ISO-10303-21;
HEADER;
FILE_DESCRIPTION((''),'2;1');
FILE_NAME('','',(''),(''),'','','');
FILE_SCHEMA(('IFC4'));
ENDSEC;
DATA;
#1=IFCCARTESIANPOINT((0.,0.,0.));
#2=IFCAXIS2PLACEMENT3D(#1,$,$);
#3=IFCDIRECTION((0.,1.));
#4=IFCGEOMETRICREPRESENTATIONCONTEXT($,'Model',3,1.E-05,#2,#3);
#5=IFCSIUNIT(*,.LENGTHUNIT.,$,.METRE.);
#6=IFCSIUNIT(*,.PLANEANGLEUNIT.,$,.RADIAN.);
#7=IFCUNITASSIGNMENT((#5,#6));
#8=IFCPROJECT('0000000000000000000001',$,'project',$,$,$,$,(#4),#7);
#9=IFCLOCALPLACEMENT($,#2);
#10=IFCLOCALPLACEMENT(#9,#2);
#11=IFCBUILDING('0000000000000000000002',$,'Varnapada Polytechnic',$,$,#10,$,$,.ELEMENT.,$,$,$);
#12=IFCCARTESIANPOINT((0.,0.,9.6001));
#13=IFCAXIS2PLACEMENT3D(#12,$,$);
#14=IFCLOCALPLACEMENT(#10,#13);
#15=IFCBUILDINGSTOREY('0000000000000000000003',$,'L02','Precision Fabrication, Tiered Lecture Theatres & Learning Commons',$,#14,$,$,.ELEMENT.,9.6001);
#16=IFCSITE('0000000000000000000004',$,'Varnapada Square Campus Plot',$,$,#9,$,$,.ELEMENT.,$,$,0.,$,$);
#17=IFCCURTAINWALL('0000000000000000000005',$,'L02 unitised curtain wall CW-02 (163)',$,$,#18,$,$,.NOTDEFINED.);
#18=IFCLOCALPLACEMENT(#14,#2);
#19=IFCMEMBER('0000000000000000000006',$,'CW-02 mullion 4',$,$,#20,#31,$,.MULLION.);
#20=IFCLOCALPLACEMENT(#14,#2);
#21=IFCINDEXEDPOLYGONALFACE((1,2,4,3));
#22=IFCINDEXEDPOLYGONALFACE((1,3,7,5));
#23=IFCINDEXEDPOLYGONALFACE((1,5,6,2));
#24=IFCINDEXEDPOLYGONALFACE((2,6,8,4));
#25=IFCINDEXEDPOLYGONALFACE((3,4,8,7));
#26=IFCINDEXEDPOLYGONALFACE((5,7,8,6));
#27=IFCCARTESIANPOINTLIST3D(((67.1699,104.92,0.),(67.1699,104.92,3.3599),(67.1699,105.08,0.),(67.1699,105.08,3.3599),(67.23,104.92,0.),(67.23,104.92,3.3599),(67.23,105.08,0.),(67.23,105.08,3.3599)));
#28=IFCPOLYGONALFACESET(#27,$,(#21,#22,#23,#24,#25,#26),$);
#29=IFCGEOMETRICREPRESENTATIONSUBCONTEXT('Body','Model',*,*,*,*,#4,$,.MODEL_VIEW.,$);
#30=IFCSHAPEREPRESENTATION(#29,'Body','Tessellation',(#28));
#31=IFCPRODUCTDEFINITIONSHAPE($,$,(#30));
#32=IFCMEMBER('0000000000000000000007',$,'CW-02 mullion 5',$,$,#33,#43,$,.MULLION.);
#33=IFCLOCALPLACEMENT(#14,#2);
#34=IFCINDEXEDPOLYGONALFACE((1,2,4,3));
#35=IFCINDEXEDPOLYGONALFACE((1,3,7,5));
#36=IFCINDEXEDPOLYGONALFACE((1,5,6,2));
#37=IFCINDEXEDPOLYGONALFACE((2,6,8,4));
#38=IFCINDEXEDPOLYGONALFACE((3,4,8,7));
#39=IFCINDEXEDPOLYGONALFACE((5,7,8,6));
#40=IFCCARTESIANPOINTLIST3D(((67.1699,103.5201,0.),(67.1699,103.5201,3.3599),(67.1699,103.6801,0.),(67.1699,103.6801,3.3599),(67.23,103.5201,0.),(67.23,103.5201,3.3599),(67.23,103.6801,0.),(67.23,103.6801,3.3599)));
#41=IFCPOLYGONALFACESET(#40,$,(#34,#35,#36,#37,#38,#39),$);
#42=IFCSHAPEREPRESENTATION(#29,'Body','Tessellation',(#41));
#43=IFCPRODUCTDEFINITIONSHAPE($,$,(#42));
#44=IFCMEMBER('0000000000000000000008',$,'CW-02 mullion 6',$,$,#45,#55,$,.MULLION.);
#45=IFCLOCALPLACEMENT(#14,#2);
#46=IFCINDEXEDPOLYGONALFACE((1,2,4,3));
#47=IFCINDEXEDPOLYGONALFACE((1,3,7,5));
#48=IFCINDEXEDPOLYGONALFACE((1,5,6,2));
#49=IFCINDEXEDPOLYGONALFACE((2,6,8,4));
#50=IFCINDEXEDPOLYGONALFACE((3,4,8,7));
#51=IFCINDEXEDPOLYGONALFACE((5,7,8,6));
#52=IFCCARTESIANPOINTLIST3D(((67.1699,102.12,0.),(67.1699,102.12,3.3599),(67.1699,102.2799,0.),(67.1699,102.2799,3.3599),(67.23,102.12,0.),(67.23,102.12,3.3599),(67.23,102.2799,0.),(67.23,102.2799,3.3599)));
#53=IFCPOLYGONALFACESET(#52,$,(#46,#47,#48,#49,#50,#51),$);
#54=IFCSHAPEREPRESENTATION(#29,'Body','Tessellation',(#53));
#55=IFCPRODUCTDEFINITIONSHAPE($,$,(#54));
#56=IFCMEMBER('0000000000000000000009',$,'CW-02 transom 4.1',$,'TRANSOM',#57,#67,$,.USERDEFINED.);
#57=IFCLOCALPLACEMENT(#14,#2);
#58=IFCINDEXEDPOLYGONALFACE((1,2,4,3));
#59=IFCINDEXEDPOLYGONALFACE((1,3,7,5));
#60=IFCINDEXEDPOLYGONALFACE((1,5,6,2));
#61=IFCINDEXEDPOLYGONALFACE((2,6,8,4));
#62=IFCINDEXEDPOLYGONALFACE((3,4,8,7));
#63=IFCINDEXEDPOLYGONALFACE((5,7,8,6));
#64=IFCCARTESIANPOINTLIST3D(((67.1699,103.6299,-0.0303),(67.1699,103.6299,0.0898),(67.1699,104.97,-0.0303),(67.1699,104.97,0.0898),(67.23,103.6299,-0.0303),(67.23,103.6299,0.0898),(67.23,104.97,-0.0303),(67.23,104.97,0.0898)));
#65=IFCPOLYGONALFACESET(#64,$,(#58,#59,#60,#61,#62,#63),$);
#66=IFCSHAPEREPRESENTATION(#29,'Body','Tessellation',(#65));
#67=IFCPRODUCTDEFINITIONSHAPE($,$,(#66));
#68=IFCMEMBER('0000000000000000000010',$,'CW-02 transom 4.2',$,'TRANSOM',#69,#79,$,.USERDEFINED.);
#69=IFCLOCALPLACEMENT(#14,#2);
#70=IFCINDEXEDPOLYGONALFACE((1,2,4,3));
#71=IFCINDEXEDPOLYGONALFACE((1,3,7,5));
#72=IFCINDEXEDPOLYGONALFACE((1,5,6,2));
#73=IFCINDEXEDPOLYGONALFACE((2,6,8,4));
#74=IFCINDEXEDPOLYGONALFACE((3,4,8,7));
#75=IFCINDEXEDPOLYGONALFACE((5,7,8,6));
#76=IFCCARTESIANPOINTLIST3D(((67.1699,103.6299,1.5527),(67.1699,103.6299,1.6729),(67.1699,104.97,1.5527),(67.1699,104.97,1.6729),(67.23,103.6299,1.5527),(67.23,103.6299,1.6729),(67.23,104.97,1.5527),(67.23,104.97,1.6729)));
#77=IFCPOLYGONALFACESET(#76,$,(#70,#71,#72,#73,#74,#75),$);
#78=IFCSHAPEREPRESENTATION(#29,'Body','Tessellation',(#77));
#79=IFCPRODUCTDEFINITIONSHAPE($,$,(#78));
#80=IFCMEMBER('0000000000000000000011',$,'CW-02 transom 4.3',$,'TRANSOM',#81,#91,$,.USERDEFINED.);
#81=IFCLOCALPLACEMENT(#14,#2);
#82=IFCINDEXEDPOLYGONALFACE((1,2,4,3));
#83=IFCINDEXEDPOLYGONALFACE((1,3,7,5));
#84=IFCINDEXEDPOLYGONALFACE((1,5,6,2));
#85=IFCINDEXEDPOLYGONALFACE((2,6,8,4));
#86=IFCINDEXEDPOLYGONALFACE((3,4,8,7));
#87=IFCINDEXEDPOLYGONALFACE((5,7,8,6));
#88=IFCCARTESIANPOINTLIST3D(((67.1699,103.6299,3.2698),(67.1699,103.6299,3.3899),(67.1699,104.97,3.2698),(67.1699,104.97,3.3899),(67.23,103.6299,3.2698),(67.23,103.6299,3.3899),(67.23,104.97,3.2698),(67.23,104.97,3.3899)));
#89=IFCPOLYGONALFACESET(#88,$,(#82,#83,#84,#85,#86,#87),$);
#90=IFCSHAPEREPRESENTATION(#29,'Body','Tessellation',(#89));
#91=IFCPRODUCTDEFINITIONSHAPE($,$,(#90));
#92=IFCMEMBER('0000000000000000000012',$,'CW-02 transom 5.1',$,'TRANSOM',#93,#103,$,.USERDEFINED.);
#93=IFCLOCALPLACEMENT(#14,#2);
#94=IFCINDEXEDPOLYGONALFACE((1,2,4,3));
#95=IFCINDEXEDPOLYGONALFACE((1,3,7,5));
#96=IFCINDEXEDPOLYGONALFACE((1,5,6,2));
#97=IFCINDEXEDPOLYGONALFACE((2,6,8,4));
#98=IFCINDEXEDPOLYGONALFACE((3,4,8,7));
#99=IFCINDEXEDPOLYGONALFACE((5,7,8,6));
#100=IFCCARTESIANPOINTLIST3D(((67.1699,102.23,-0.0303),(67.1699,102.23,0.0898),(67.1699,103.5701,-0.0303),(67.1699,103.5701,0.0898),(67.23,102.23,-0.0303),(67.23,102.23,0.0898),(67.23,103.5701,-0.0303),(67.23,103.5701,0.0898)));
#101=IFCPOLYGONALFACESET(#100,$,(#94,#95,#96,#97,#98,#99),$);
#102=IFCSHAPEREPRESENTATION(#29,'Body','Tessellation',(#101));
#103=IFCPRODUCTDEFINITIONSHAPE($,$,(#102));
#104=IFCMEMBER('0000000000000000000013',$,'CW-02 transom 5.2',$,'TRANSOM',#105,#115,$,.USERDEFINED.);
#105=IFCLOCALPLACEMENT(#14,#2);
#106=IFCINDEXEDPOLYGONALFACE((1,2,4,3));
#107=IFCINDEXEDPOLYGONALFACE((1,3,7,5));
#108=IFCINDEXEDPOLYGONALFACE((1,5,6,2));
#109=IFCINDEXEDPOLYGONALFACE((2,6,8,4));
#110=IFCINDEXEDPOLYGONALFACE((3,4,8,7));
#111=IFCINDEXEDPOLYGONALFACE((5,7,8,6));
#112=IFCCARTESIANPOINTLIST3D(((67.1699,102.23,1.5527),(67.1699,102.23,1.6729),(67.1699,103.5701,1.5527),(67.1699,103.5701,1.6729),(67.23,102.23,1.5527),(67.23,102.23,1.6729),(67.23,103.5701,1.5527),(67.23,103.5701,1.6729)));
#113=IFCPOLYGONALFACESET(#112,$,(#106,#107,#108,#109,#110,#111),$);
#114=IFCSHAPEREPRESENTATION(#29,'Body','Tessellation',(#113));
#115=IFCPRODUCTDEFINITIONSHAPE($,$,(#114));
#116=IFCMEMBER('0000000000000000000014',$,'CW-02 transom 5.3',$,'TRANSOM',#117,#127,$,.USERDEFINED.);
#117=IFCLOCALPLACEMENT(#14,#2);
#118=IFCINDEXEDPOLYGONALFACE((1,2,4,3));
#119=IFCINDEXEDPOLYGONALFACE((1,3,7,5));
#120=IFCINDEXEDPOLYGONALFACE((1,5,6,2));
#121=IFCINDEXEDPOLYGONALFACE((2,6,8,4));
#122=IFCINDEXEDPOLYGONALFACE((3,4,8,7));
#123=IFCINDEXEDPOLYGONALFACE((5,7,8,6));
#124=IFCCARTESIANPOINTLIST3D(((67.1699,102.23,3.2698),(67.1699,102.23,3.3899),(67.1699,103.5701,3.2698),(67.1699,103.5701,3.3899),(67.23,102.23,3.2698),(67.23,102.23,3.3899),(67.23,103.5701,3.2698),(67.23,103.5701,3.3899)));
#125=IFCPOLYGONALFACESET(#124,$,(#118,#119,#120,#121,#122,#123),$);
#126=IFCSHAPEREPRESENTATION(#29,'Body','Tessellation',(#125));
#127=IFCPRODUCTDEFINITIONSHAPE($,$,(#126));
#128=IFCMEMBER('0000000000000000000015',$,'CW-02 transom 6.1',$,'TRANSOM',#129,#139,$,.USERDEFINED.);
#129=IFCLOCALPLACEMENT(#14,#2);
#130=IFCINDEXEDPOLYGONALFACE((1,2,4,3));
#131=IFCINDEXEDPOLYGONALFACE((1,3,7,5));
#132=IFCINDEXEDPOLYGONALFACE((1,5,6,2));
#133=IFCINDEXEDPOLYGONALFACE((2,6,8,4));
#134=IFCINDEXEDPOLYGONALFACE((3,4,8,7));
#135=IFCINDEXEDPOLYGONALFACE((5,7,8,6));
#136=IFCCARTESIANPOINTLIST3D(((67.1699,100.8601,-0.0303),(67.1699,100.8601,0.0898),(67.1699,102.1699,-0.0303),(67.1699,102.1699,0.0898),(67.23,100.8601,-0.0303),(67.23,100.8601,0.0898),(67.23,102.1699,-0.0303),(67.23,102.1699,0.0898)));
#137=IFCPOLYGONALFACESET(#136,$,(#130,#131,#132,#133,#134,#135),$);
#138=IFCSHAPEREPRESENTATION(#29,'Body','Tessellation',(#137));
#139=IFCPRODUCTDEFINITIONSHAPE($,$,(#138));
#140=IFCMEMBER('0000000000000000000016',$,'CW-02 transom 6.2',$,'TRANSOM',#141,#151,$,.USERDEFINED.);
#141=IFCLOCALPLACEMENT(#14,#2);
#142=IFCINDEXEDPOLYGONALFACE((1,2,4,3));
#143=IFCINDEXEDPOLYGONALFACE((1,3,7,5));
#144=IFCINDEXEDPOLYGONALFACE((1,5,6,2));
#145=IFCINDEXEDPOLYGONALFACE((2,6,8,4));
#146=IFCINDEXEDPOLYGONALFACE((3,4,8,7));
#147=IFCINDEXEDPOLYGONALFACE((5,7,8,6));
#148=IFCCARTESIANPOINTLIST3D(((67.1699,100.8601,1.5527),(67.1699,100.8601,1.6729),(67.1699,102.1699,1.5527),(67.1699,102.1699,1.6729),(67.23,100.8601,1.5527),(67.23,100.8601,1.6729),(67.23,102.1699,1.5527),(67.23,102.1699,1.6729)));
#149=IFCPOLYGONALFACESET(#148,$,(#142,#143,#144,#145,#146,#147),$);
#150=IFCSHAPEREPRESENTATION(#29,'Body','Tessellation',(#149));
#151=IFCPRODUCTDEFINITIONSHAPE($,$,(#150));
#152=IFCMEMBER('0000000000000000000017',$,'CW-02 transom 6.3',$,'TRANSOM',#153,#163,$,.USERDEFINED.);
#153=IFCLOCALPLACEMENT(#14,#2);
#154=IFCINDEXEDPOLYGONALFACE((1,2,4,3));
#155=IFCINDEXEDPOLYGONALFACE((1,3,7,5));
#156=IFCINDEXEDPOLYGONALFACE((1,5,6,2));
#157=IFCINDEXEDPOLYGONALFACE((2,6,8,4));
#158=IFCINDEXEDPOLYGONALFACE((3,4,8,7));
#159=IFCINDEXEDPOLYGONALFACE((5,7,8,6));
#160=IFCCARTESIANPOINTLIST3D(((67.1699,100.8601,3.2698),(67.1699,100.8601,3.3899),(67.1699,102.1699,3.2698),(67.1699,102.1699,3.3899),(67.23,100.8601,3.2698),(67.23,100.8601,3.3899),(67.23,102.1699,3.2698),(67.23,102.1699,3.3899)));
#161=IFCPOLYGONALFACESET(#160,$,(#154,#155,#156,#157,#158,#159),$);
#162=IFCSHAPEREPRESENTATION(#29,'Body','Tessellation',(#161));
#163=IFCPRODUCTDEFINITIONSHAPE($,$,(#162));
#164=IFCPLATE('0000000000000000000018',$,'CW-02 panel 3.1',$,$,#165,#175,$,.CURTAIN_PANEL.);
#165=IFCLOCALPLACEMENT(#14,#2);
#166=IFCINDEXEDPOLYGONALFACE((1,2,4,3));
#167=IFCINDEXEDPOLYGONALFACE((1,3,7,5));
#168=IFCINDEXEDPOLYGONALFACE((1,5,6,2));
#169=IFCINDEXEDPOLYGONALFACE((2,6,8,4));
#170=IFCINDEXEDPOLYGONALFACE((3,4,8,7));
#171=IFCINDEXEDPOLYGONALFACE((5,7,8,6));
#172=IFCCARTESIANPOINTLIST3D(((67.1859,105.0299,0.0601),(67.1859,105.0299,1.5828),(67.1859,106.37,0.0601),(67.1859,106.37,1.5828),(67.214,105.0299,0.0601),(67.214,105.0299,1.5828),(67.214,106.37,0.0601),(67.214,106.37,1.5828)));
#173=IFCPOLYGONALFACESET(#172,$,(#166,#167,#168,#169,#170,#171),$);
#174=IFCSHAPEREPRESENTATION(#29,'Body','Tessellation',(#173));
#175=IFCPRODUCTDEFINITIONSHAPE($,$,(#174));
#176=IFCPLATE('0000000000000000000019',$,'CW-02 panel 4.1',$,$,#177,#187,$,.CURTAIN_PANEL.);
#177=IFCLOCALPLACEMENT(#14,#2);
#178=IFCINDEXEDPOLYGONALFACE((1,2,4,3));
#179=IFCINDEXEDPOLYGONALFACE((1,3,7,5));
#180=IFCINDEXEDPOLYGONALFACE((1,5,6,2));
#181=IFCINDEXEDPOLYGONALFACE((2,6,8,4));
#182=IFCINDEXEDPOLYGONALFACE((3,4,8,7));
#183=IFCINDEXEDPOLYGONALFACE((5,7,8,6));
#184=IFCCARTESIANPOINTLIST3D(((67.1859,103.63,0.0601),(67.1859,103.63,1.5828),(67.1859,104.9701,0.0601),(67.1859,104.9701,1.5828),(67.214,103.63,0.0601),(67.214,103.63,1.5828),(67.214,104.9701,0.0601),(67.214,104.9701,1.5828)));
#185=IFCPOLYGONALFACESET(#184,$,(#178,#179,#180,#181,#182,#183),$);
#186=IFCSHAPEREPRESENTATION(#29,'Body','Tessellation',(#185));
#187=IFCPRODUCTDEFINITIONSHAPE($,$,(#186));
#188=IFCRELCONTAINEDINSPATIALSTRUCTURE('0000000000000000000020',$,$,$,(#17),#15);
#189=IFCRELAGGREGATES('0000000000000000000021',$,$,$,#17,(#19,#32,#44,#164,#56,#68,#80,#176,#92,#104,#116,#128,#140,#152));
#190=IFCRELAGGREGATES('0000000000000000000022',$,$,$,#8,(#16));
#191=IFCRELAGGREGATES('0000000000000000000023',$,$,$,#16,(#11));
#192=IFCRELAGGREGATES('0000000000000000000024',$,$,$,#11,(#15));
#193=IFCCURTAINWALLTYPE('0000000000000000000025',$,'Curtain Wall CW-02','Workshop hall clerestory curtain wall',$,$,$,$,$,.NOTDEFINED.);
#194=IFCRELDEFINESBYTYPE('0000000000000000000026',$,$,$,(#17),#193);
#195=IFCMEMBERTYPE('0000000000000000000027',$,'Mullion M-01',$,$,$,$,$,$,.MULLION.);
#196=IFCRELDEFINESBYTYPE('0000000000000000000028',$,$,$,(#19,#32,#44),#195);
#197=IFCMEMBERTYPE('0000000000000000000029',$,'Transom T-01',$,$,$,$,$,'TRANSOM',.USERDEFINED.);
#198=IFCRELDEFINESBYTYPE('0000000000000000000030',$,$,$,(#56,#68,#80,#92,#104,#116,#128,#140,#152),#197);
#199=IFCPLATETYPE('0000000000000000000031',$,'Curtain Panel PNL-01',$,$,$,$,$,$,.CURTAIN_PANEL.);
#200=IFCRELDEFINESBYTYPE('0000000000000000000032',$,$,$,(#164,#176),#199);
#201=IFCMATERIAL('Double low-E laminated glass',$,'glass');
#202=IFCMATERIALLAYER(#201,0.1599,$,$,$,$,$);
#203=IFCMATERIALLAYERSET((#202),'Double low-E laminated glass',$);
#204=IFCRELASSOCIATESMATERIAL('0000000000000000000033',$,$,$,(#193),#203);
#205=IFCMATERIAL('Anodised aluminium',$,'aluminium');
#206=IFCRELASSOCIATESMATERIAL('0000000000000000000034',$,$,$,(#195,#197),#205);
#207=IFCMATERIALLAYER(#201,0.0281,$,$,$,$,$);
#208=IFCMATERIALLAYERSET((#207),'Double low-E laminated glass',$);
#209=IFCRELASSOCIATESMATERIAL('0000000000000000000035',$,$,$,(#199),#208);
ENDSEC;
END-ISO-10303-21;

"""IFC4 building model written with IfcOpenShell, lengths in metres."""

from ifc_helpers import new_model, si_unit, direction, frame, origin, origin_2d, place, context, subcontext, project, spatial, rectangle, extrude, material, layer, layer_set, material_profile, profile_set, type_object, element, aggregate, save


model = new_model("IFC4")

# Units and contexts
model_context = context("Model", 3, precision=1e-05, world=origin(), true_north=direction((0.0, 1.0)))
body_context = subcontext(model_context, "Body", "Model", "MODEL_VIEW")
ifc_project = project(units=[si_unit("LENGTHUNIT", "METRE"), si_unit("PLANEANGLEUNIT", "RADIAN")], contexts=[model_context])

# Site, building, storey
site_placement = place(None, origin())
site = spatial("IfcSite", under=ifc_project, at=site_placement, Name="Varnapada Square Campus Plot", CompositionType="ELEMENT", RefElevation=0.0)
building_placement = place(site_placement, origin())
building = spatial("IfcBuilding", under=site, at=building_placement, Name="Varnapada Polytechnic", CompositionType="ELEMENT")
storey_placement = place(building_placement, frame((0.0, 0.0, 9.6001)))
storey = spatial("IfcBuildingStorey", under=building, at=storey_placement, Name="L02", Description="Precision Fabrication, Tiered Lecture Theatres & Learning Commons", CompositionType="ELEMENT", Elevation=9.6001)

# Curtain wall, members, plates
ifc_material_1 = material(Name="Double low-E laminated glass", Category="glass")
ifc_layer_1 = layer(ifc_material_1, 0.1599)
ifc_layer_set_1 = layer_set([ifc_layer_1], Name="Double low-E laminated glass")
curtain_wall_type = type_object("IfcCurtainWallType", Name="Curtain Wall CW-02", Description="Workshop hall clerestory curtain wall", PredefinedType="NOTDEFINED", material=ifc_layer_set_1)
curtain_wall_placement = place(storey_placement, origin())
curtain_wall = element("IfcCurtainWall", 1, at=curtain_wall_placement, inside=storey, type_object=curtain_wall_type, Name="L02 unitised curtain wall CW-02 (163)", PredefinedType="NOTDEFINED")
ifc_material_2 = material(Name="Anodised aluminium", Category="aluminium")
ifc_material_profile_1 = material_profile(ifc_material_2, rectangle(XDim=0.0601, YDim=0.1599, at=origin_2d()), Name="ALU M60x160")
ifc_profile_set_1 = profile_set([ifc_material_profile_1], Name="Anodised aluminium")
member_type_1 = type_object("IfcMemberType", Name="Mullion M-01", PredefinedType="MULLION", material=ifc_profile_set_1)
member_1_placement = place(storey_placement, frame((67.2, 105.0, 0.0), z_axis=(0.0, 0.0, 1.0), x_axis=(1.0, 0.0, 0.0)))
member_1 = element("IfcMember", 2, at=member_1_placement, type_object=member_type_1, Name="CW-02 mullion 4", PredefinedType="MULLION", context=body_context, shape_type="SweptSolid", body=[
    extrude(rectangle(XDim=0.0601, YDim=0.1599, at=origin_2d()), origin(), (0.0, 0.0, 1.0), 3.3599),
])
member_2_placement = place(storey_placement, frame((67.2, 103.6001, 0.0), z_axis=(0.0, 0.0, 1.0), x_axis=(1.0, 0.0, 0.0)))
member_2 = element("IfcMember", 3, at=member_2_placement, type_object=member_type_1, Name="CW-02 mullion 5", PredefinedType="MULLION", context=body_context, shape_type="SweptSolid", body=[
    extrude(rectangle(XDim=0.0601, YDim=0.1599, at=origin_2d()), origin(), (0.0, 0.0, 1.0), 3.3599),
])
member_3_placement = place(storey_placement, frame((67.2, 102.2, 0.0), z_axis=(0.0, 0.0, 1.0), x_axis=(1.0, 0.0, 0.0)))
member_3 = element("IfcMember", 4, at=member_3_placement, type_object=member_type_1, Name="CW-02 mullion 6", PredefinedType="MULLION", context=body_context, shape_type="SweptSolid", body=[
    extrude(rectangle(XDim=0.0601, YDim=0.1599, at=origin_2d()), origin(), (0.0, 0.0, 1.0), 3.3599),
])
ifc_material_profile_2 = material_profile(ifc_material_2, rectangle(XDim=0.0601, YDim=0.1201, at=origin_2d()), Name="ALU T60x120")
ifc_profile_set_2 = profile_set([ifc_material_profile_2], Name="Anodised aluminium")
member_type_2 = type_object("IfcMemberType", Name="Transom T-01", ElementType="TRANSOM", PredefinedType="USERDEFINED", material=ifc_profile_set_2)
member_4_placement = place(storey_placement, frame((67.2, 104.97, 0.0298), z_axis=(0.0, -1.0, 0.0), x_axis=(1.0, 0.0, 0.0)))
member_4 = element("IfcMember", 5, at=member_4_placement, type_object=member_type_2, Name="CW-02 transom 4.1", ObjectType="TRANSOM", PredefinedType="USERDEFINED", context=body_context, shape_type="SweptSolid", body=[
    extrude(rectangle(XDim=0.0601, YDim=0.1201, at=origin_2d()), origin(), (0.0, 0.0, 1.0), 1.3401),
])
member_5_placement = place(storey_placement, frame((67.2, 104.97, 1.6128), z_axis=(0.0, -1.0, 0.0), x_axis=(1.0, 0.0, 0.0)))
member_5 = element("IfcMember", 6, at=member_5_placement, type_object=member_type_2, Name="CW-02 transom 4.2", ObjectType="TRANSOM", PredefinedType="USERDEFINED", context=body_context, shape_type="SweptSolid", body=[
    extrude(rectangle(XDim=0.0601, YDim=0.1201, at=origin_2d()), origin(), (0.0, 0.0, 1.0), 1.3401),
])
member_6_placement = place(storey_placement, frame((67.2, 104.97, 3.3298), z_axis=(0.0, -1.0, 0.0), x_axis=(1.0, 0.0, 0.0)))
member_6 = element("IfcMember", 7, at=member_6_placement, type_object=member_type_2, Name="CW-02 transom 4.3", ObjectType="TRANSOM", PredefinedType="USERDEFINED", context=body_context, shape_type="SweptSolid", body=[
    extrude(rectangle(XDim=0.0601, YDim=0.1201, at=origin_2d()), origin(), (0.0, 0.0, 1.0), 1.3401),
])
member_7_placement = place(storey_placement, frame((67.2, 103.5701, 0.0298), z_axis=(0.0, -1.0, 0.0), x_axis=(1.0, 0.0, 0.0)))
member_7 = element("IfcMember", 8, at=member_7_placement, type_object=member_type_2, Name="CW-02 transom 5.1", ObjectType="TRANSOM", PredefinedType="USERDEFINED", context=body_context, shape_type="SweptSolid", body=[
    extrude(rectangle(XDim=0.0601, YDim=0.1201, at=origin_2d()), origin(), (0.0, 0.0, 1.0), 1.3401),
])
member_8_placement = place(storey_placement, frame((67.2, 103.5701, 1.6128), z_axis=(0.0, -1.0, 0.0), x_axis=(1.0, 0.0, 0.0)))
member_8 = element("IfcMember", 9, at=member_8_placement, type_object=member_type_2, Name="CW-02 transom 5.2", ObjectType="TRANSOM", PredefinedType="USERDEFINED", context=body_context, shape_type="SweptSolid", body=[
    extrude(rectangle(XDim=0.0601, YDim=0.1201, at=origin_2d()), origin(), (0.0, 0.0, 1.0), 1.3401),
])
member_9_placement = place(storey_placement, frame((67.2, 103.5701, 3.3298), z_axis=(0.0, -1.0, 0.0), x_axis=(1.0, 0.0, 0.0)))
member_9 = element("IfcMember", 10, at=member_9_placement, type_object=member_type_2, Name="CW-02 transom 5.3", ObjectType="TRANSOM", PredefinedType="USERDEFINED", context=body_context, shape_type="SweptSolid", body=[
    extrude(rectangle(XDim=0.0601, YDim=0.1201, at=origin_2d()), origin(), (0.0, 0.0, 1.0), 1.3401),
])
member_10_placement = place(storey_placement, frame((67.2, 102.1699, 0.0298), z_axis=(0.0, -1.0, 0.0), x_axis=(1.0, 0.0, 0.0)))
member_10 = element("IfcMember", 11, at=member_10_placement, type_object=member_type_2, Name="CW-02 transom 6.1", ObjectType="TRANSOM", PredefinedType="USERDEFINED", context=body_context, shape_type="SweptSolid", body=[
    extrude(rectangle(XDim=0.0601, YDim=0.1201, at=origin_2d()), origin(), (0.0, 0.0, 1.0), 1.3098),
])
member_11_placement = place(storey_placement, frame((67.2, 102.1699, 1.6128), z_axis=(0.0, -1.0, 0.0), x_axis=(1.0, 0.0, 0.0)))
member_11 = element("IfcMember", 12, at=member_11_placement, type_object=member_type_2, Name="CW-02 transom 6.2", ObjectType="TRANSOM", PredefinedType="USERDEFINED", context=body_context, shape_type="SweptSolid", body=[
    extrude(rectangle(XDim=0.0601, YDim=0.1201, at=origin_2d()), origin(), (0.0, 0.0, 1.0), 1.3098),
])
member_12_placement = place(storey_placement, frame((67.2, 102.1699, 3.3298), z_axis=(0.0, -1.0, 0.0), x_axis=(1.0, 0.0, 0.0)))
member_12 = element("IfcMember", 13, at=member_12_placement, type_object=member_type_2, Name="CW-02 transom 6.3", ObjectType="TRANSOM", PredefinedType="USERDEFINED", context=body_context, shape_type="SweptSolid", body=[
    extrude(rectangle(XDim=0.0601, YDim=0.1201, at=origin_2d()), origin(), (0.0, 0.0, 1.0), 1.3098),
])
ifc_layer_2 = layer(ifc_material_1, 0.0281)
ifc_layer_set_2 = layer_set([ifc_layer_2], Name="Double low-E laminated glass")
plate_type = type_object("IfcPlateType", Name="Curtain Panel PNL-01", PredefinedType="CURTAIN_PANEL", material=ifc_layer_set_2)
plate_1_placement = place(storey_placement, frame((67.2, 105.7, 0.0601), z_axis=(0.0, 0.0, 1.0), x_axis=(0.0, -1.0, 0.0)))
plate_1 = element("IfcPlate", 14, at=plate_1_placement, type_object=plate_type, Name="CW-02 panel 3.1", PredefinedType="CURTAIN_PANEL", context=body_context, shape_type="SweptSolid", body=[
    extrude(rectangle(XDim=1.3401, YDim=0.0281, at=origin_2d()), origin(), (0.0, 0.0, 1.0), 1.5227),
])
plate_2_placement = place(storey_placement, frame((67.2, 104.3, 0.0601), z_axis=(0.0, 0.0, 1.0), x_axis=(0.0, -1.0, 0.0)))
plate_2 = element("IfcPlate", 15, at=plate_2_placement, type_object=plate_type, Name="CW-02 panel 4.1", PredefinedType="CURTAIN_PANEL", context=body_context, shape_type="SweptSolid", body=[
    extrude(rectangle(XDim=1.3401, YDim=0.0281, at=origin_2d()), origin(), (0.0, 0.0, 1.0), 1.5227),
])
aggregate(curtain_wall, [member_1, member_2, member_3, plate_1, member_4, member_5, member_6, plate_2, member_7, member_8, member_9, member_10, member_11, member_12])

save(model, "model.ifc")
